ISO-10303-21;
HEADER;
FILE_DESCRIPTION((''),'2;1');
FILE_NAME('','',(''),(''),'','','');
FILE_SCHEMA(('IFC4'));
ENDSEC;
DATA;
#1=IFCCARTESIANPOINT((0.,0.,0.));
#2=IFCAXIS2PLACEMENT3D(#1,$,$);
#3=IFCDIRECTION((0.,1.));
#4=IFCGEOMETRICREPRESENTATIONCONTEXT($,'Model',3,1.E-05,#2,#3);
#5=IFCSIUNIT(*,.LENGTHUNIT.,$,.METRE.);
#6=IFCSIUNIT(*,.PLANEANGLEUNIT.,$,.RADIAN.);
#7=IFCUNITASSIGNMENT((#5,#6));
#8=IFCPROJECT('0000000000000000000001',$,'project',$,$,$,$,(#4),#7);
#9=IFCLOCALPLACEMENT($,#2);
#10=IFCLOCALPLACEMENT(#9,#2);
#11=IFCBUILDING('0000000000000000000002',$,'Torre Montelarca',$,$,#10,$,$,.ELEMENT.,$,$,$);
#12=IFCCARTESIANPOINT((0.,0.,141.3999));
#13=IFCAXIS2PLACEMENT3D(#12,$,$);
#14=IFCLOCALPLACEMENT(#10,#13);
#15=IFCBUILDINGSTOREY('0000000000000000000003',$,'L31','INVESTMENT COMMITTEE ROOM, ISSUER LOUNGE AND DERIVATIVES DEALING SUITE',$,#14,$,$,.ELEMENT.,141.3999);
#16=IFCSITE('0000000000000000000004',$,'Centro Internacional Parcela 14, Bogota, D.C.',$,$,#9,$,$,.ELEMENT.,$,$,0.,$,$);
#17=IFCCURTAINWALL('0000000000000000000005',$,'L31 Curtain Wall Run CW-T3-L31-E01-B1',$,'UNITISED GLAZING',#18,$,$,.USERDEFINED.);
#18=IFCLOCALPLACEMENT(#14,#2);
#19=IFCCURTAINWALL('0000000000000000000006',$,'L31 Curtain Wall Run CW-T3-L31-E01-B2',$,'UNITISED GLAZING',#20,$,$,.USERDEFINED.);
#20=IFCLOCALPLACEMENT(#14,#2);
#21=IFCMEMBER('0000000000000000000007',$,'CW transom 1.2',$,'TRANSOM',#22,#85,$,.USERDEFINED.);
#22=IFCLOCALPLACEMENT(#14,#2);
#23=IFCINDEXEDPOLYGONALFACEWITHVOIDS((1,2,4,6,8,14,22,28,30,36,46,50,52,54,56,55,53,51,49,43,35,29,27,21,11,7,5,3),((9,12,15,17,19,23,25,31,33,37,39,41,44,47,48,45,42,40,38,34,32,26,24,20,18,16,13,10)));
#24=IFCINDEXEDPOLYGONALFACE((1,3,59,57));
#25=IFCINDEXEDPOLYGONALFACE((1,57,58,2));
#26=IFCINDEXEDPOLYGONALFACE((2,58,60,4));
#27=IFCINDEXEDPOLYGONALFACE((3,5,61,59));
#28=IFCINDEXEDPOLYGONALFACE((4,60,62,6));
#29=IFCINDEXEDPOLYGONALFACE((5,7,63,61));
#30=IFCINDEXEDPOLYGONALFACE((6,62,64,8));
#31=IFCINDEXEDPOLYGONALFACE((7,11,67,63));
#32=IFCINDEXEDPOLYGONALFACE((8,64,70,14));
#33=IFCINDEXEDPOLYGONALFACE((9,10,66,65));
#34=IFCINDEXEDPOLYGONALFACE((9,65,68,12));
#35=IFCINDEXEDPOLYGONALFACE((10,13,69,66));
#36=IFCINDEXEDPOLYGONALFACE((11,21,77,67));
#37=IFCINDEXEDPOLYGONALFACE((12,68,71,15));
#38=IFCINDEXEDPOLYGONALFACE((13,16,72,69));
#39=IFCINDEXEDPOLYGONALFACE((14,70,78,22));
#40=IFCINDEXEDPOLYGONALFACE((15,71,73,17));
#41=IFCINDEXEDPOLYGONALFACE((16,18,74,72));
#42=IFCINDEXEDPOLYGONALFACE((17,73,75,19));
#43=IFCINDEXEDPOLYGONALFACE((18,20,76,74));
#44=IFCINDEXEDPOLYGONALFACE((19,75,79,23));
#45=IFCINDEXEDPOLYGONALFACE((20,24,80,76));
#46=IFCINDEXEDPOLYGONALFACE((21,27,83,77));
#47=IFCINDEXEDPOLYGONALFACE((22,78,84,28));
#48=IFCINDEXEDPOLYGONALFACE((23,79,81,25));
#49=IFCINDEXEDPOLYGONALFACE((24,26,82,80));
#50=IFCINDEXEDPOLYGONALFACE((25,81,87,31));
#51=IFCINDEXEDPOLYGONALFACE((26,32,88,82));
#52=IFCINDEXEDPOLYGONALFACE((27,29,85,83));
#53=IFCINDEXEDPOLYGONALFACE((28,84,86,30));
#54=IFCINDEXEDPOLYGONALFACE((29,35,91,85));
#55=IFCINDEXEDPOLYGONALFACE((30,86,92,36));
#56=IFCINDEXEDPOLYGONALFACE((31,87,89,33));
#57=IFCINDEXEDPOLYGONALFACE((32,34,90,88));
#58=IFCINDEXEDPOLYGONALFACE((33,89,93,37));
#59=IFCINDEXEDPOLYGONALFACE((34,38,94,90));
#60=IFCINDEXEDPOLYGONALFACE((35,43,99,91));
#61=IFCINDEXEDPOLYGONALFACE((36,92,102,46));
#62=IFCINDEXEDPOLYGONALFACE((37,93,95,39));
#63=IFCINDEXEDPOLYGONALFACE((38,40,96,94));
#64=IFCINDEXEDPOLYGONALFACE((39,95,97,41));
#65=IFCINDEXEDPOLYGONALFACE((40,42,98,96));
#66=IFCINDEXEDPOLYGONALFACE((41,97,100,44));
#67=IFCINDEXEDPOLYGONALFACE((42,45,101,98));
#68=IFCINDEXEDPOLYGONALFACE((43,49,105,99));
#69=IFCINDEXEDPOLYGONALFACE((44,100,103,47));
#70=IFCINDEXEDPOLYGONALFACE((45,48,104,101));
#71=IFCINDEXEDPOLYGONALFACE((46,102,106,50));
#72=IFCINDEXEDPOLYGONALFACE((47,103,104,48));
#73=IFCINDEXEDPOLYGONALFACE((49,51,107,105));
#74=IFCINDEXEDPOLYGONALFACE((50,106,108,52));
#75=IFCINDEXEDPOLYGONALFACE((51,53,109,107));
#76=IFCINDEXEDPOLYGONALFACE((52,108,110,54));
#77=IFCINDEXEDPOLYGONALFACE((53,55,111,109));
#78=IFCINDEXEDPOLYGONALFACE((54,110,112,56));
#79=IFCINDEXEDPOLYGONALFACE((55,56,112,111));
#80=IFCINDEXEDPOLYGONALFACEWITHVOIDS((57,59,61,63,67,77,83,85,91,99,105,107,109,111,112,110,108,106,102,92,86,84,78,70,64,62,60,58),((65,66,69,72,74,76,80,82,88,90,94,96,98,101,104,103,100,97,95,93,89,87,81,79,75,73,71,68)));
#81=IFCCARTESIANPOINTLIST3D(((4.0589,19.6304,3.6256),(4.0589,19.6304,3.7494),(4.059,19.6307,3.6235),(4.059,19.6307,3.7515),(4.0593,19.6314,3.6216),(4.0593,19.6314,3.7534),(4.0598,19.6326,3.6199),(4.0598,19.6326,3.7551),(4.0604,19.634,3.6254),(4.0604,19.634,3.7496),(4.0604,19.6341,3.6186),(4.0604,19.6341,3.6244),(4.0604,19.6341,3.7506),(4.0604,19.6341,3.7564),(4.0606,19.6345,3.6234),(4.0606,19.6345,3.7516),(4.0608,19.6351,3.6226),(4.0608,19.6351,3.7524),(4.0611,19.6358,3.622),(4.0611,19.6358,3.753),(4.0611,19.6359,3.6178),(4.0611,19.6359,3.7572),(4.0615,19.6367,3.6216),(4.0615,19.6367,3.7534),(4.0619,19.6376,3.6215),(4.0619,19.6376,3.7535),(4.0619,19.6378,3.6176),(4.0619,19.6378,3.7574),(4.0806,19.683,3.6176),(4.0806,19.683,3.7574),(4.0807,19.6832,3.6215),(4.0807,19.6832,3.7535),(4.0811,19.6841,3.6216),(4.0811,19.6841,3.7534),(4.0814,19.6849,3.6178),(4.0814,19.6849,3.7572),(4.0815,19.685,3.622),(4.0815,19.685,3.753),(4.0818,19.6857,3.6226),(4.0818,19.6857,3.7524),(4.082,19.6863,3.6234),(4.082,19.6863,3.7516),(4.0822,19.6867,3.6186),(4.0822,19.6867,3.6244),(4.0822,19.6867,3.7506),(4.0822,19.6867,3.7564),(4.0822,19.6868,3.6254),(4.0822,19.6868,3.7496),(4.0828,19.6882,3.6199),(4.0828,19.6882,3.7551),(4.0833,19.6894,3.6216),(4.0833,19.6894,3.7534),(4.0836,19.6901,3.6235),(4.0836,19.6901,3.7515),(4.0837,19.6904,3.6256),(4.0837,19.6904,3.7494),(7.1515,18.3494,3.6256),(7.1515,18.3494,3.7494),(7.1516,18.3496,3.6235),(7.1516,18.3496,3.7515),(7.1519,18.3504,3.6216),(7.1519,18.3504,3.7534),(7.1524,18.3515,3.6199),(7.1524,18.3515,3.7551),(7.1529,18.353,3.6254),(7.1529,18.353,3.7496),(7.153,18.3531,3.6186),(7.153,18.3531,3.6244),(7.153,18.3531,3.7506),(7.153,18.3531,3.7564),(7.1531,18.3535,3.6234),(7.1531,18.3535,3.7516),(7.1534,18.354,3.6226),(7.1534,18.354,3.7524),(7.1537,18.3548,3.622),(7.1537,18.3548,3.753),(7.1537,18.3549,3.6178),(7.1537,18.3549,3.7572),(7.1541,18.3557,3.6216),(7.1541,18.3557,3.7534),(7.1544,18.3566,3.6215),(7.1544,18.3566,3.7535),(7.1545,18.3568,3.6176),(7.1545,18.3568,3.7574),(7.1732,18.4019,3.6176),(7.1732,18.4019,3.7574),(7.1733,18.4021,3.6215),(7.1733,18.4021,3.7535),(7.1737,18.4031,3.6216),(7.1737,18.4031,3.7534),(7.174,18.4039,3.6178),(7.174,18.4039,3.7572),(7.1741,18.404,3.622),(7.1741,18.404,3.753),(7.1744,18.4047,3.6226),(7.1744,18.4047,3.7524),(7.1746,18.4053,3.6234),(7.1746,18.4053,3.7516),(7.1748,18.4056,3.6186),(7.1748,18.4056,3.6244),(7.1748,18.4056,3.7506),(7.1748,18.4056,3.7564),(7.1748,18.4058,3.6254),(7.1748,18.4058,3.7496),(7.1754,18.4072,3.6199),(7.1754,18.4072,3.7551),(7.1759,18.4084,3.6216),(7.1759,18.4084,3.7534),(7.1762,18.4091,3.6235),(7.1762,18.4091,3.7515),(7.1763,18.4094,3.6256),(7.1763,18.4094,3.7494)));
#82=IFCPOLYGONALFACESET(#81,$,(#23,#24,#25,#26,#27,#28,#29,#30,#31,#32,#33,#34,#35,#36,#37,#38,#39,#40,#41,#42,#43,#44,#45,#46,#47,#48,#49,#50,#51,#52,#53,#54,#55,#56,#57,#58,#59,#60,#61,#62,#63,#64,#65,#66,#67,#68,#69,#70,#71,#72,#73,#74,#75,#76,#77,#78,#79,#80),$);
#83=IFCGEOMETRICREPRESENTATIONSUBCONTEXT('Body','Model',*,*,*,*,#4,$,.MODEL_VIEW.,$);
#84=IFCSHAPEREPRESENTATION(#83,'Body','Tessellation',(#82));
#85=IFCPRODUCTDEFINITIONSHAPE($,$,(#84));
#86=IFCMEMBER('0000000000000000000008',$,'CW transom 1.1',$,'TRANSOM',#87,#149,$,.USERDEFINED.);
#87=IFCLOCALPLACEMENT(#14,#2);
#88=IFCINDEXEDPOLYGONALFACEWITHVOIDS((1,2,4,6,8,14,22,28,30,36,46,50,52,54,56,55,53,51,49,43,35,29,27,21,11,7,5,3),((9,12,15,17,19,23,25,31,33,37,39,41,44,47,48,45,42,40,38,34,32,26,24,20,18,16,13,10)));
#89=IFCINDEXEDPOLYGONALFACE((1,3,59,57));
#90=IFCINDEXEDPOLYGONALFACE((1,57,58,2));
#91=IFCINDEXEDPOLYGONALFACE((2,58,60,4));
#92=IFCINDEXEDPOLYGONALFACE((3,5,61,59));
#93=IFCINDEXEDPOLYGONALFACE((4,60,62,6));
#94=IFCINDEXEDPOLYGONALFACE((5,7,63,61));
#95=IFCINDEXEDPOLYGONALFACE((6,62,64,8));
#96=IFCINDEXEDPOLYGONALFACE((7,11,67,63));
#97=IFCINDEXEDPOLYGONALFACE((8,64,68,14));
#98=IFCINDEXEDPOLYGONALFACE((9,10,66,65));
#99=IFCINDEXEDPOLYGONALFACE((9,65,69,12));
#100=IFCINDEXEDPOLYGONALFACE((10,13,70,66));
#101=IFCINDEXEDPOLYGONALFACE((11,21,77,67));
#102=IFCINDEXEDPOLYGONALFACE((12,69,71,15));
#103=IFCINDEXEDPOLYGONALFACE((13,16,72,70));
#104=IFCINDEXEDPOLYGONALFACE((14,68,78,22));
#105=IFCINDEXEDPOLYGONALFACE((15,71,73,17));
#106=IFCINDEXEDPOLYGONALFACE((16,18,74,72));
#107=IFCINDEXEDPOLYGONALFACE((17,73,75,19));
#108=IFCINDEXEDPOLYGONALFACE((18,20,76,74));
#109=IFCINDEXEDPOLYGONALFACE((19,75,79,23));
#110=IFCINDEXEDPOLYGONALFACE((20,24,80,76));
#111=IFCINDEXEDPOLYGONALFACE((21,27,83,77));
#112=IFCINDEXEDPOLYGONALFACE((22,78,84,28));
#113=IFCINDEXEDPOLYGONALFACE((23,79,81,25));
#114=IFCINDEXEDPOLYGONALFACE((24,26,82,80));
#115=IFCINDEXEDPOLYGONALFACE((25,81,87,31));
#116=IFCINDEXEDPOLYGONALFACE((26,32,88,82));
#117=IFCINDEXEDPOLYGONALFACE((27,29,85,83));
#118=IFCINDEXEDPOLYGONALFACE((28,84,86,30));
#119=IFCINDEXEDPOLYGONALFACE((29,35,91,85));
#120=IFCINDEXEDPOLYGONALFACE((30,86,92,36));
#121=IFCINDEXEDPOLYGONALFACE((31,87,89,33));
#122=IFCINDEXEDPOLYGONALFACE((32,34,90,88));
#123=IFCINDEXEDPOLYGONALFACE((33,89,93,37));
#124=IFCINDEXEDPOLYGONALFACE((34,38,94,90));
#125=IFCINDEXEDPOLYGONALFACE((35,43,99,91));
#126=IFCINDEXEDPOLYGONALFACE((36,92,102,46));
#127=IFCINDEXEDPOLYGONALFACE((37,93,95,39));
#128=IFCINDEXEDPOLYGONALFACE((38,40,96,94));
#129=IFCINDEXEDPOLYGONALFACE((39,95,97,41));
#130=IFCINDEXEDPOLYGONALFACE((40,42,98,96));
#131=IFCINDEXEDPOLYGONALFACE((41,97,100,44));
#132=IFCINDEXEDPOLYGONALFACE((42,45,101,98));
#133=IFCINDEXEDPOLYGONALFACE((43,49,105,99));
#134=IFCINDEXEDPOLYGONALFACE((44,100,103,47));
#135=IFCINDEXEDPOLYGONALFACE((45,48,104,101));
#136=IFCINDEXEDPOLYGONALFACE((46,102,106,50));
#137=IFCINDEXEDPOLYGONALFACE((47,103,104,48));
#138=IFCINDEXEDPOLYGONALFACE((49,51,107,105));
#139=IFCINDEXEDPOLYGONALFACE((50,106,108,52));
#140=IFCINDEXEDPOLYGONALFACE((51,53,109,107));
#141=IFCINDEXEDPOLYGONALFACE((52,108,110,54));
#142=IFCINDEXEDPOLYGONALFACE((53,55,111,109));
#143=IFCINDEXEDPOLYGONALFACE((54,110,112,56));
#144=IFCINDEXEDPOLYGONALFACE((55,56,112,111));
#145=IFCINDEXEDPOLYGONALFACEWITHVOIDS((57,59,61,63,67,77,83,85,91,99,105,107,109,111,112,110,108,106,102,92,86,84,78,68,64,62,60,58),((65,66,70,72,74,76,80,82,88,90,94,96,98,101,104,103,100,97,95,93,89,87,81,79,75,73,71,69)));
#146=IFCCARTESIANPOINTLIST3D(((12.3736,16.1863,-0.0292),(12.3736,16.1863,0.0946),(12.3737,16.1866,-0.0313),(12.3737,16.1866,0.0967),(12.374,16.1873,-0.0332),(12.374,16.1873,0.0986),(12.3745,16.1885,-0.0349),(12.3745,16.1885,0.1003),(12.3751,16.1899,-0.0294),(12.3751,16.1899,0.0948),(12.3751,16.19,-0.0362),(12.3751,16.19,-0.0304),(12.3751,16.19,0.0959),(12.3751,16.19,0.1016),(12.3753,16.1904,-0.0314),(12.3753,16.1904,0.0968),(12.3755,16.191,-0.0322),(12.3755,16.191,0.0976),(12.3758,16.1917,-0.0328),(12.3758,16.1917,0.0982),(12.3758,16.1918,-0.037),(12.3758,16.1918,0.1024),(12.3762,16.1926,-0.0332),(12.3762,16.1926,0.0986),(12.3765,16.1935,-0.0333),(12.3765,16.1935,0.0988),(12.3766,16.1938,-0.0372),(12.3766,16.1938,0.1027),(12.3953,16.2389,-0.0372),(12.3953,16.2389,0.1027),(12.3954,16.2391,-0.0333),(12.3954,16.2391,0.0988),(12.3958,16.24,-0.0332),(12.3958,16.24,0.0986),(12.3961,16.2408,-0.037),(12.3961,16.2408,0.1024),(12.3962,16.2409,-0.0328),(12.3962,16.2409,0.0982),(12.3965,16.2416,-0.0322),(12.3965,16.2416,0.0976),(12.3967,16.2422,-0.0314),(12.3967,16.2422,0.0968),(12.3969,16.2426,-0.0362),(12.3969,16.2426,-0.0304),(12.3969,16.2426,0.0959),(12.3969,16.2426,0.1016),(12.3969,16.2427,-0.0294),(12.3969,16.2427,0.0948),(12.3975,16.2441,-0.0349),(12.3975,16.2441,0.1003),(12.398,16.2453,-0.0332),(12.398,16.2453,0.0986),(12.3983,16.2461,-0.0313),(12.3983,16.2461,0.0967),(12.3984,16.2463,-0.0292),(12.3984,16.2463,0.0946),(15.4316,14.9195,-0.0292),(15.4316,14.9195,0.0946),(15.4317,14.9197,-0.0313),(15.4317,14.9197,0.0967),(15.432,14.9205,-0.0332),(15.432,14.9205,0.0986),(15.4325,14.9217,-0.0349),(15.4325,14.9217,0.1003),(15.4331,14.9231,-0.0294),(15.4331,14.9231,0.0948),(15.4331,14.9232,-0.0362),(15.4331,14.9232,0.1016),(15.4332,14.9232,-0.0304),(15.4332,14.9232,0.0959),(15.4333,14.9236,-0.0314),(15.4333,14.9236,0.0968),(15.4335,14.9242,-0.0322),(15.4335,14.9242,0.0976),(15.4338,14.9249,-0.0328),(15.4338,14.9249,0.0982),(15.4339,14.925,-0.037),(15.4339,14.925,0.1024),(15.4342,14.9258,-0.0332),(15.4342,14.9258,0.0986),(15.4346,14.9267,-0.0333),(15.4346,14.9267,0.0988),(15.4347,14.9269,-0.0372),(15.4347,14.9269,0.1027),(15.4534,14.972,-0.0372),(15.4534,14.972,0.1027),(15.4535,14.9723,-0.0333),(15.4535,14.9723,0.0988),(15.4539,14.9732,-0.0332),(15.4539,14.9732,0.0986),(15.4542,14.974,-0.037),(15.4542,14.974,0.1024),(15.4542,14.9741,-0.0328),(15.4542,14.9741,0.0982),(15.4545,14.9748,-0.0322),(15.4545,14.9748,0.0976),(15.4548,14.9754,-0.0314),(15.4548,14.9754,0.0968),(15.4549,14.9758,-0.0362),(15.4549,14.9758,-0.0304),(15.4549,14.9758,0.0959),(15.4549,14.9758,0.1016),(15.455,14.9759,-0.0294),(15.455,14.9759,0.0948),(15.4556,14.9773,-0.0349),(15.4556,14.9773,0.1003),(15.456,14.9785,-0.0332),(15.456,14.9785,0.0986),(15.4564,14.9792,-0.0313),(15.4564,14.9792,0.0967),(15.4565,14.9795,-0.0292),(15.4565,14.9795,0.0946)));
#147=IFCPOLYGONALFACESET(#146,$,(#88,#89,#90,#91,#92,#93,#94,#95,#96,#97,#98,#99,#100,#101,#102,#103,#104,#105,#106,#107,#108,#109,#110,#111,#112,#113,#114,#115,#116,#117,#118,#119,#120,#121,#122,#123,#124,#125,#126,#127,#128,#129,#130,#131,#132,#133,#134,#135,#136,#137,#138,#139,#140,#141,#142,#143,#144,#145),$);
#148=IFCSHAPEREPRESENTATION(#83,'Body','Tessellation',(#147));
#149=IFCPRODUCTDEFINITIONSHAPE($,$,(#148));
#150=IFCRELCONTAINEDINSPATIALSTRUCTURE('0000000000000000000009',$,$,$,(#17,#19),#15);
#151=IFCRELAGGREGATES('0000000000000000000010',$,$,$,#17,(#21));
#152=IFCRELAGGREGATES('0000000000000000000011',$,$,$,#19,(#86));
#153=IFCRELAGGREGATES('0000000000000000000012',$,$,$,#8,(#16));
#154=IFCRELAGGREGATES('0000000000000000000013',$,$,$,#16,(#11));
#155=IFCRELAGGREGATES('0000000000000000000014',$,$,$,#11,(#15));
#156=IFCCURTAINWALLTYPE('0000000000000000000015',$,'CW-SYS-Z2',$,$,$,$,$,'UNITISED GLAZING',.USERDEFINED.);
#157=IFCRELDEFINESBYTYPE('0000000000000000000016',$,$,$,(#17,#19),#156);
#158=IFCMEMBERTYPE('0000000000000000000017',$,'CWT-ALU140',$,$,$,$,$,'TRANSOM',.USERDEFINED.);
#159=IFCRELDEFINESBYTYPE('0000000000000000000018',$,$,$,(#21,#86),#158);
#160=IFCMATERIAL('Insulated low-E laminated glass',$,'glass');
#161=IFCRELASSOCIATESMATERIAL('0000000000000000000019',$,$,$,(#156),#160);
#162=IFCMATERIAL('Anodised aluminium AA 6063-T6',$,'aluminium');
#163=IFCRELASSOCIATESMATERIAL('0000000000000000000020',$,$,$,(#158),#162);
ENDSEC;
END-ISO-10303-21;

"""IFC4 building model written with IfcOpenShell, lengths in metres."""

from ifc_helpers import new_model, si_unit, direction, frame, origin, origin_2d, place, context, subcontext, project, spatial, hollow_rectangle, extrude, source, transform, mapped, material, material_profile, profile_set, type_object, element, aggregate, save


model = new_model("IFC4")

# Units and contexts
model_context = context("Model", 3, precision=1e-05, world=origin(), true_north=direction((0.0, 1.0)))
body_context = subcontext(model_context, "Body", "Model", "MODEL_VIEW")
ifc_project = project(units=[si_unit("LENGTHUNIT", "METRE"), si_unit("PLANEANGLEUNIT", "RADIAN")], contexts=[model_context])

# Site, building, storey
site_placement = place(None, origin())
site = spatial("IfcSite", under=ifc_project, at=site_placement, Name="Centro Internacional Parcela 14, Bogota, D.C.", CompositionType="ELEMENT", RefElevation=0.0)
building_placement = place(site_placement, origin())
building = spatial("IfcBuilding", under=site, at=building_placement, Name="Torre Montelarca", CompositionType="ELEMENT")
storey_placement = place(building_placement, frame((0.0, 0.0, 141.3999)))
storey = spatial("IfcBuildingStorey", under=building, at=storey_placement, Name="L31", Description="INVESTMENT COMMITTEE ROOM, ISSUER LOUNGE AND DERIVATIVES DEALING SUITE", CompositionType="ELEMENT", Elevation=141.3999)

# Curtain walls
ifc_material_1 = material(Name="Insulated low-E laminated glass", Category="glass")
curtain_wall_type = type_object("IfcCurtainWallType", Name="CW-SYS-Z2", ElementType="UNITISED GLAZING", PredefinedType="USERDEFINED", material=ifc_material_1)
curtain_wall_1_placement = place(storey_placement, origin())
curtain_wall_1 = element("IfcCurtainWall", 1, at=curtain_wall_1_placement, inside=storey, type_object=curtain_wall_type, Name="L31 Curtain Wall Run CW-T3-L31-E01-B1", ObjectType="UNITISED GLAZING", PredefinedType="USERDEFINED")
ifc_material_2 = material(Name="Anodised aluminium AA 6063-T6", Category="aluminium")
curtain_wall_2_placement = place(storey_placement, origin())
curtain_wall_2 = element("IfcCurtainWall", 2, at=curtain_wall_2_placement, inside=storey, type_object=curtain_wall_type, Name="L31 Curtain Wall Run CW-T3-L31-E01-B2", ObjectType="UNITISED GLAZING", PredefinedType="USERDEFINED")

# Members
ifc_material_profile_1 = material_profile(ifc_material_2, hollow_rectangle(XDim=0.0649, YDim=0.1399, WallThickness=0.0039, InnerFilletRadius=0.0039, OuterFilletRadius=0.0081, at=origin_2d()), Name="ALU65X140X4", Category="aluminium")
ifc_profile_set_1 = profile_set([ifc_material_profile_1], Name="Anodised aluminium AA 6063-T6")
member_type_1 = type_object("IfcMemberType", Name="CWT-ALU140", ElementType="TRANSOM", PredefinedType="USERDEFINED", material=ifc_profile_set_1)
shared_shape_1 = source(origin(), body_context, "Body", "SweptSolid", [
    extrude(hollow_rectangle(XDim=0.0649, YDim=0.1399, WallThickness=0.0039, InnerFilletRadius=0.0039, OuterFilletRadius=0.0081, at=origin_2d()), origin(), (0.0, 0.0, 1.0), 3.3474),
])
member_1_placement = place(storey_placement, frame((4.0713, 19.6604, 3.6875), z_axis=(0.923875, -0.382693, 0.0), x_axis=(0.382693, 0.923875, 0.0)))
member_1 = element("IfcMember", 3, at=member_1_placement, type_object=member_type_1, Name="CW transom 1.2", ObjectType="TRANSOM", PredefinedType="USERDEFINED", context=body_context, shape_type="MappedRepresentation", body=[
    mapped(shared_shape_1, transform((0.0, 0.0, 0.0), scale=1.0)),
])
shared_shape_2 = source(origin(), body_context, "Body", "SweptSolid", [
    extrude(hollow_rectangle(XDim=0.0649, YDim=0.1399, WallThickness=0.0039, InnerFilletRadius=0.0039, OuterFilletRadius=0.0081, at=origin_2d()), origin(), (0.0, 0.0, 1.0), 3.3101),
])
member_2_placement = place(storey_placement, frame((12.386, 16.2163, 0.0327), z_axis=(0.923865, -0.382719, 0.0), x_axis=(0.382719, 0.923865, 0.0)))
member_2 = element("IfcMember", 4, at=member_2_placement, type_object=member_type_1, Name="CW transom 1.1", ObjectType="TRANSOM", PredefinedType="USERDEFINED", context=body_context, shape_type="MappedRepresentation", body=[
    mapped(shared_shape_2, transform((0.0, 0.0, 0.0), scale=1.0)),
])

aggregate(curtain_wall_1, [member_1])
aggregate(curtain_wall_2, [member_2])

save(model, "model.ifc")
